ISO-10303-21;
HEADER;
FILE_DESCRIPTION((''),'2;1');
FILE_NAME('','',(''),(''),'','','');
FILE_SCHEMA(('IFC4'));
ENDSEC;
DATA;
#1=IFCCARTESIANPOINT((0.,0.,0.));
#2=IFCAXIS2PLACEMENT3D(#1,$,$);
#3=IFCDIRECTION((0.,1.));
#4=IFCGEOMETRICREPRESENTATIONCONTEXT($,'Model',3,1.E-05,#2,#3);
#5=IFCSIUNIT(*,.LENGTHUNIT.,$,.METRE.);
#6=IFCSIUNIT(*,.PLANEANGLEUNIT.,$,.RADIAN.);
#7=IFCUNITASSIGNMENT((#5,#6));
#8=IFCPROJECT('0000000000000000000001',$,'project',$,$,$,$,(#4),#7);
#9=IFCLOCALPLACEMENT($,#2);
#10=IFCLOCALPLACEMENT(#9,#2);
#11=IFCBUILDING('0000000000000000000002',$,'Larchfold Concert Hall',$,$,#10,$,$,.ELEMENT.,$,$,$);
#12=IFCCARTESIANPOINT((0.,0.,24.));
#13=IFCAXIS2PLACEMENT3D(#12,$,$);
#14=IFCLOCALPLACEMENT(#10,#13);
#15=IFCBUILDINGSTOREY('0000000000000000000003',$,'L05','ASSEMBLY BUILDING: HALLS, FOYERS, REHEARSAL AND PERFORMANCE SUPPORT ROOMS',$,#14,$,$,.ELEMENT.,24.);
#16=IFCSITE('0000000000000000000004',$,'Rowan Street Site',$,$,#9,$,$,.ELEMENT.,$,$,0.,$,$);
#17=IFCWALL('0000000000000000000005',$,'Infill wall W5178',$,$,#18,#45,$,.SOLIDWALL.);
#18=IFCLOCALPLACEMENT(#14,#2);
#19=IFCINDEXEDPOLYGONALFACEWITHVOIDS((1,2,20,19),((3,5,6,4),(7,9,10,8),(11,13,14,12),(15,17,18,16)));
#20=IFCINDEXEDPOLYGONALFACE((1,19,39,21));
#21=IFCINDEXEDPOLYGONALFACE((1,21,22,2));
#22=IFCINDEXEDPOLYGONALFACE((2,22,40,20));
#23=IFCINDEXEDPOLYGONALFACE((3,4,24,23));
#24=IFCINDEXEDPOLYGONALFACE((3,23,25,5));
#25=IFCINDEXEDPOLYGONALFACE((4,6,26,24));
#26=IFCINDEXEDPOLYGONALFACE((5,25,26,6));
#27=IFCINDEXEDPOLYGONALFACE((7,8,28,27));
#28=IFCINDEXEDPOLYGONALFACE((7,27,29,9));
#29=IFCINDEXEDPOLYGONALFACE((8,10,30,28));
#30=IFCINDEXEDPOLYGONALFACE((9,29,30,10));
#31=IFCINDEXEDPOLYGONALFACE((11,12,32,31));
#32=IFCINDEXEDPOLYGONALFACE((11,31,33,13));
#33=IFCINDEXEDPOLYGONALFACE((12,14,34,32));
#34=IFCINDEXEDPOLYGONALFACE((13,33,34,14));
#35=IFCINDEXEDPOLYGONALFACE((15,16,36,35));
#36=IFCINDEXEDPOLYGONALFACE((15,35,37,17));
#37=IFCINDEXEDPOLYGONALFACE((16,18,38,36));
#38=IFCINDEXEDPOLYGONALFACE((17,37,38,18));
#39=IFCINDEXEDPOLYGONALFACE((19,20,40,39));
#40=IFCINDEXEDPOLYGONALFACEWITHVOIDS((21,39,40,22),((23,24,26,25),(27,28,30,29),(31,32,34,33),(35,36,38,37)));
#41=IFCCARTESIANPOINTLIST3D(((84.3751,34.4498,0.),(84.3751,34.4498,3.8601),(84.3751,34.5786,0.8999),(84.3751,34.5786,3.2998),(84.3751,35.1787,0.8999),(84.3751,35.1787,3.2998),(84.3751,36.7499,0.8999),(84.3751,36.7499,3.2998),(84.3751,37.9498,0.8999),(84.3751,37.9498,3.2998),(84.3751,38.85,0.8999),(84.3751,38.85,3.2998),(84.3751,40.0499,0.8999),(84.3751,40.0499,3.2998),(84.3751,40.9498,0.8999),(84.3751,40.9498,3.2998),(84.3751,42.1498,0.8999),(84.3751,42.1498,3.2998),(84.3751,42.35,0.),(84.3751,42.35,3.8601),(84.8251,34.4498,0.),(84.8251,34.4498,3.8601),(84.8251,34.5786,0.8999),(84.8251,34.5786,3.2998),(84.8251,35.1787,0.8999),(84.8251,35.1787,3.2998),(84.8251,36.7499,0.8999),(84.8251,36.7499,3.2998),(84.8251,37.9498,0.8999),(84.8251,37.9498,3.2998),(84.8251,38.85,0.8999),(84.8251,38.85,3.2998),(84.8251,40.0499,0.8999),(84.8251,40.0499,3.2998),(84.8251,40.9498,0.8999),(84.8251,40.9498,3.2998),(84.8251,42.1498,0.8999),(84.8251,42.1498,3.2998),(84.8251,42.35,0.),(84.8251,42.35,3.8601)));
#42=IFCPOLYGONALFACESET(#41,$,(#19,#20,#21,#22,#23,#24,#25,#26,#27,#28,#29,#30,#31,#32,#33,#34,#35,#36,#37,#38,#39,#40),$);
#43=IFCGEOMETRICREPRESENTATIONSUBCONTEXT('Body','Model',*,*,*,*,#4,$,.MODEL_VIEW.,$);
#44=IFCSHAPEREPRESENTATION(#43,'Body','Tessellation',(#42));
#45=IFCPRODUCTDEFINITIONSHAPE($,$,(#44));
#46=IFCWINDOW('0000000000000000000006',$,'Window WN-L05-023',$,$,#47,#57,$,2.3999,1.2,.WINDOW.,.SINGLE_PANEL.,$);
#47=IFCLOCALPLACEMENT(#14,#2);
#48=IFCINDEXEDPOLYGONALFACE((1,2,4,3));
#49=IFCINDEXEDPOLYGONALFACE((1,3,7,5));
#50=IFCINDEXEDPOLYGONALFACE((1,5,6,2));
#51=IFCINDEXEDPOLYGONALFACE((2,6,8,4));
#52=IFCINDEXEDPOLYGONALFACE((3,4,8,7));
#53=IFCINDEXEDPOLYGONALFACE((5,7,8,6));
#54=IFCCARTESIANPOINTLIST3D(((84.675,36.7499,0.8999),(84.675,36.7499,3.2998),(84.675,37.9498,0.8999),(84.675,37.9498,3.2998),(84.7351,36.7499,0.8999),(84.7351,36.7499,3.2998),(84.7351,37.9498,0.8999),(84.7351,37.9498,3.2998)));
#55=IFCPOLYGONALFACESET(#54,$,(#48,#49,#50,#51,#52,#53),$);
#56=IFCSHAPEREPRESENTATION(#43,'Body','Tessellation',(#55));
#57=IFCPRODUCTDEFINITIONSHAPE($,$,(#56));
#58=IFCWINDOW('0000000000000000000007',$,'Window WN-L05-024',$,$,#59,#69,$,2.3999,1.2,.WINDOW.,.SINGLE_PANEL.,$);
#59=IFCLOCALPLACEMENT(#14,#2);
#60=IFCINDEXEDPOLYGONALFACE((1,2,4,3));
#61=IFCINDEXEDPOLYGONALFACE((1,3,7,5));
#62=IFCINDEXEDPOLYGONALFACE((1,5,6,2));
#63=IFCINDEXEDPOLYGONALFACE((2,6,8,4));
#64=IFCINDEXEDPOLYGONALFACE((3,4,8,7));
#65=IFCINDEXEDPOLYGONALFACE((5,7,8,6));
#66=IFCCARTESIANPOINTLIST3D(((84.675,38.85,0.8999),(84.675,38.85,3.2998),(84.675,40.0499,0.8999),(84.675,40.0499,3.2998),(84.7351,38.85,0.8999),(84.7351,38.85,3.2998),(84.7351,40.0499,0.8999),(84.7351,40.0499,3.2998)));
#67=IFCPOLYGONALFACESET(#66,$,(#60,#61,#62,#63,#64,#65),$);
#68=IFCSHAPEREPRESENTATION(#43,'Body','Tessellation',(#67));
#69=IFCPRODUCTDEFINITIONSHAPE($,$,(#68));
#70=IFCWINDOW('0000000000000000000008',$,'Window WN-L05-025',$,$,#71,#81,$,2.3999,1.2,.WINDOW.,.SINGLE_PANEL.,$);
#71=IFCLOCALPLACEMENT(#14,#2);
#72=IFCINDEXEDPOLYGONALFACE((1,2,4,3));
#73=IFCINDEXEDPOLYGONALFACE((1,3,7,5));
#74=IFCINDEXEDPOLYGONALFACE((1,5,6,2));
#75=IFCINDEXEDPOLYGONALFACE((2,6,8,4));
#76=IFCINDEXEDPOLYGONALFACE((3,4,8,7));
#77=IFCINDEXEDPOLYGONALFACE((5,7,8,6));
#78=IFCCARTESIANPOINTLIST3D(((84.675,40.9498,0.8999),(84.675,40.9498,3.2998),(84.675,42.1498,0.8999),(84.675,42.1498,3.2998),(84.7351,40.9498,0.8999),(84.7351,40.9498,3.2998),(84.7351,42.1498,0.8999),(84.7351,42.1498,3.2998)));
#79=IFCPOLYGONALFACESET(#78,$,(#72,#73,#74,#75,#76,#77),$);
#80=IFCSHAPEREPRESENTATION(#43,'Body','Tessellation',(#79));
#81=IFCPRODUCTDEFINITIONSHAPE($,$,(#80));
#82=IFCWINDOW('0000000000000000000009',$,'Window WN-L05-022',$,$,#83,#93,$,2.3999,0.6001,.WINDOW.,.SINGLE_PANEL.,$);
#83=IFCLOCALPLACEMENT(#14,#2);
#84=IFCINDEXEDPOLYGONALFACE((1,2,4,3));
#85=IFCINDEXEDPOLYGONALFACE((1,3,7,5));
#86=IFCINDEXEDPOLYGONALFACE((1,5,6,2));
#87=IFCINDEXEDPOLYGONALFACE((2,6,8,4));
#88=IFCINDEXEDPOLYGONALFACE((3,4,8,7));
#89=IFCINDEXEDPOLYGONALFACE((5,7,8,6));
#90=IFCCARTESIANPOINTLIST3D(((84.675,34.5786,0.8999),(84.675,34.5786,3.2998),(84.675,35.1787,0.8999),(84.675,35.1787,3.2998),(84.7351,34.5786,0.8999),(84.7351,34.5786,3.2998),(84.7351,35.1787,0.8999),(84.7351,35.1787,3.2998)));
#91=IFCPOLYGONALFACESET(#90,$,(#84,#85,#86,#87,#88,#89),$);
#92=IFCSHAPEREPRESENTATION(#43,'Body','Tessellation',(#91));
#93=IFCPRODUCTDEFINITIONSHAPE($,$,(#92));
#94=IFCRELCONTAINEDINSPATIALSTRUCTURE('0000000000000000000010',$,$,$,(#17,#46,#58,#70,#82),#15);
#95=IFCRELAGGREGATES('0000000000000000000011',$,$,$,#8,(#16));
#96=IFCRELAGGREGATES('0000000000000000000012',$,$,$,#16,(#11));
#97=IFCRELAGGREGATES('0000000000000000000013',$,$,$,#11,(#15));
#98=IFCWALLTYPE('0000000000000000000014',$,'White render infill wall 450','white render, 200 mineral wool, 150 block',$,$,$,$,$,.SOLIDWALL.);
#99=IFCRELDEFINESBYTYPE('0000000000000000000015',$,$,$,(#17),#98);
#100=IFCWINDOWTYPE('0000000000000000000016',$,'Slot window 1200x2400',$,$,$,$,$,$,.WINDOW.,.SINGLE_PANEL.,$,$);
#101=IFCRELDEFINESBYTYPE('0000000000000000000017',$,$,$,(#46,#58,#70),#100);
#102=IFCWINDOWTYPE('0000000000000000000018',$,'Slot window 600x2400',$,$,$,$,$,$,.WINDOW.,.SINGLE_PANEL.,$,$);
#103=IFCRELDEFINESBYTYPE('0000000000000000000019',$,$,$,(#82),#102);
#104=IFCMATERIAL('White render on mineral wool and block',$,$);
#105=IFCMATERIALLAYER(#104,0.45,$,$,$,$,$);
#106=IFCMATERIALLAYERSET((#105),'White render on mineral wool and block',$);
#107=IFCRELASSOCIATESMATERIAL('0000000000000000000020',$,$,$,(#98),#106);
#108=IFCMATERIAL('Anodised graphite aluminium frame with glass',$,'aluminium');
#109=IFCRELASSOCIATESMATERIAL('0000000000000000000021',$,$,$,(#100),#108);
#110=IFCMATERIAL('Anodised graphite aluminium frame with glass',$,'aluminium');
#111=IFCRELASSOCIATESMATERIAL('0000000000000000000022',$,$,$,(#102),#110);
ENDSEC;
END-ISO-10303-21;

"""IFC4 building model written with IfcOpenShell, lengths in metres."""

from ifc_helpers import new_model, si_unit, direction, frame, frame_2d, origin, place, context, subcontext, project, spatial, rectangle, extrude, material, layer, layer_set, type_object, element, fill, save


model = new_model("IFC4")

# Units and contexts
model_context = context("Model", 3, precision=1e-05, world=origin(), true_north=direction((0.0, 1.0)))
body_context = subcontext(model_context, "Body", "Model", "MODEL_VIEW")
ifc_project = project(units=[si_unit("LENGTHUNIT", "METRE"), si_unit("PLANEANGLEUNIT", "RADIAN")], contexts=[model_context])

# Site, building, storey
site_placement = place(None, origin())
site = spatial("IfcSite", under=ifc_project, at=site_placement, Name="Rowan Street Site", CompositionType="ELEMENT", RefElevation=0.0)
building_placement = place(site_placement, origin())
building = spatial("IfcBuilding", under=site, at=building_placement, Name="Larchfold Concert Hall", CompositionType="ELEMENT")
storey_placement = place(building_placement, frame((0.0, 0.0, 24.0)))
storey = spatial("IfcBuildingStorey", under=building, at=storey_placement, Name="L05", Description="ASSEMBLY BUILDING: HALLS, FOYERS, REHEARSAL AND PERFORMANCE SUPPORT ROOMS", CompositionType="ELEMENT", Elevation=24.0)

# Wall, openings, windows
ifc_material_1 = material(Name="White render on mineral wool and block")
ifc_layer_1 = layer(ifc_material_1, 0.45)
ifc_layer_set_1 = layer_set([ifc_layer_1], Name="White render on mineral wool and block")
wall_type_1 = type_object("IfcWallType", Name="White render infill wall 450", Description="white render, 200 mineral wool, 150 block", PredefinedType="SOLIDWALL", material=ifc_layer_set_1)
wall_1_placement = place(storey_placement, frame((84.6001, 42.3501, 0.0), z_axis=(0.0, 0.0, 1.0), x_axis=(0.0, -1.0, 0.0)))
wall_1 = element("IfcWall", 1, at=wall_1_placement, inside=storey, type_object=wall_type_1, Name="Infill wall W5178", PredefinedType="SOLIDWALL", context=body_context, shape_type="SweptSolid", body=[
    extrude(rectangle(XDim=7.9001, YDim=0.45, at=frame_2d((3.9502, 0.0))), origin(), (0.0, 0.0, 1.0), 3.8601),
])
opening_1_placement = place(wall_1_placement, frame((7.1714, 0.0, 0.8999)))
opening_1 = element("IfcOpeningElement", 2, at=opening_1_placement, cuts=wall_1, PredefinedType="OPENING", context=body_context, shape_type="SweptSolid", body=[
    extrude(rectangle(XDim=0.6001, YDim=2.3999, at=frame_2d((0.3, 1.2))), frame((0.0, 0.2349, 0.0), z_axis=(0.0, -1.0, 0.0), x_axis=(1.0, 0.0, 0.0)), (0.0, 0.0, 1.0), 0.47),
])
opening_2_placement = place(wall_1_placement, frame((4.4001, 0.0, 0.8999)))
opening_2 = element("IfcOpeningElement", 3, at=opening_2_placement, cuts=wall_1, PredefinedType="OPENING", context=body_context, shape_type="SweptSolid", body=[
    extrude(rectangle(XDim=1.2, YDim=2.3999, at=frame_2d((0.6001, 1.2))), frame((0.0, 0.2349, 0.0), z_axis=(0.0, -1.0, 0.0), x_axis=(1.0, 0.0, 0.0)), (0.0, 0.0, 1.0), 0.47),
])
opening_3_placement = place(wall_1_placement, frame((2.3, 0.0, 0.8999)))
opening_3 = element("IfcOpeningElement", 4, at=opening_3_placement, cuts=wall_1, PredefinedType="OPENING", context=body_context, shape_type="SweptSolid", body=[
    extrude(rectangle(XDim=1.2, YDim=2.3999, at=frame_2d((0.6001, 1.2))), frame((0.0, 0.2349, 0.0), z_axis=(0.0, -1.0, 0.0), x_axis=(1.0, 0.0, 0.0)), (0.0, 0.0, 1.0), 0.47),
])
opening_4_placement = place(wall_1_placement, frame((0.2002, 0.0, 0.8999)))
opening_4 = element("IfcOpeningElement", 5, at=opening_4_placement, cuts=wall_1, PredefinedType="OPENING", context=body_context, shape_type="SweptSolid", body=[
    extrude(rectangle(XDim=1.2, YDim=2.3999, at=frame_2d((0.6001, 1.2))), frame((0.0, 0.2349, 0.0), z_axis=(0.0, -1.0, 0.0), x_axis=(1.0, 0.0, 0.0)), (0.0, 0.0, 1.0), 0.47),
])
ifc_material_2 = material(Name="Anodised graphite aluminium frame with glass", Category="aluminium")
window_type_1 = type_object("IfcWindowType", Name="Slot window 1200x2400", PartitioningType="SINGLE_PANEL", PredefinedType="WINDOW", material=ifc_material_2)
window_1_placement = place(opening_2_placement, origin())
window_1 = element("IfcWindow", 6, at=window_1_placement, inside=storey, type_object=window_type_1, Name="Window WN-L05-023", OverallHeight=2.3999, OverallWidth=1.2, PartitioningType="SINGLE_PANEL", PredefinedType="WINDOW", context=body_context, shape_type="SweptSolid", body=[
    extrude(rectangle(XDim=1.2, YDim=2.3999, at=frame_2d((0.6001, 1.2))), frame((0.0, 0.135, 0.0), z_axis=(0.0, -1.0, 0.0), x_axis=(1.0, 0.0, 0.0)), (0.0, 0.0, 1.0), 0.0601),
])
fill(opening_2, window_1)
window_2_placement = place(opening_3_placement, origin())
window_2 = element("IfcWindow", 7, at=window_2_placement, inside=storey, type_object=window_type_1, Name="Window WN-L05-024", OverallHeight=2.3999, OverallWidth=1.2, PartitioningType="SINGLE_PANEL", PredefinedType="WINDOW", context=body_context, shape_type="SweptSolid", body=[
    extrude(rectangle(XDim=1.2, YDim=2.3999, at=frame_2d((0.6001, 1.2))), frame((0.0, 0.135, 0.0), z_axis=(0.0, -1.0, 0.0), x_axis=(1.0, 0.0, 0.0)), (0.0, 0.0, 1.0), 0.0601),
])
fill(opening_3, window_2)
window_3_placement = place(opening_4_placement, origin())
window_3 = element("IfcWindow", 8, at=window_3_placement, inside=storey, type_object=window_type_1, Name="Window WN-L05-025", OverallHeight=2.3999, OverallWidth=1.2, PartitioningType="SINGLE_PANEL", PredefinedType="WINDOW", context=body_context, shape_type="SweptSolid", body=[
    extrude(rectangle(XDim=1.2, YDim=2.3999, at=frame_2d((0.6001, 1.2))), frame((0.0, 0.135, 0.0), z_axis=(0.0, -1.0, 0.0), x_axis=(1.0, 0.0, 0.0)), (0.0, 0.0, 1.0), 0.0601),
])
fill(opening_4, window_3)
ifc_material_3 = material(Name="Anodised graphite aluminium frame with glass", Category="aluminium")
window_type_2 = type_object("IfcWindowType", Name="Slot window 600x2400", PartitioningType="SINGLE_PANEL", PredefinedType="WINDOW", material=ifc_material_3)
window_4_placement = place(opening_1_placement, origin())
window_4 = element("IfcWindow", 9, at=window_4_placement, inside=storey, type_object=window_type_2, Name="Window WN-L05-022", OverallHeight=2.3999, OverallWidth=0.6001, PartitioningType="SINGLE_PANEL", PredefinedType="WINDOW", context=body_context, shape_type="SweptSolid", body=[
    extrude(rectangle(XDim=0.6001, YDim=2.3999, at=frame_2d((0.3, 1.2))), frame((0.0, 0.135, 0.0), z_axis=(0.0, -1.0, 0.0), x_axis=(1.0, 0.0, 0.0)), (0.0, 0.0, 1.0), 0.0601),
])
fill(opening_1, window_4)

save(model, "model.ifc")
